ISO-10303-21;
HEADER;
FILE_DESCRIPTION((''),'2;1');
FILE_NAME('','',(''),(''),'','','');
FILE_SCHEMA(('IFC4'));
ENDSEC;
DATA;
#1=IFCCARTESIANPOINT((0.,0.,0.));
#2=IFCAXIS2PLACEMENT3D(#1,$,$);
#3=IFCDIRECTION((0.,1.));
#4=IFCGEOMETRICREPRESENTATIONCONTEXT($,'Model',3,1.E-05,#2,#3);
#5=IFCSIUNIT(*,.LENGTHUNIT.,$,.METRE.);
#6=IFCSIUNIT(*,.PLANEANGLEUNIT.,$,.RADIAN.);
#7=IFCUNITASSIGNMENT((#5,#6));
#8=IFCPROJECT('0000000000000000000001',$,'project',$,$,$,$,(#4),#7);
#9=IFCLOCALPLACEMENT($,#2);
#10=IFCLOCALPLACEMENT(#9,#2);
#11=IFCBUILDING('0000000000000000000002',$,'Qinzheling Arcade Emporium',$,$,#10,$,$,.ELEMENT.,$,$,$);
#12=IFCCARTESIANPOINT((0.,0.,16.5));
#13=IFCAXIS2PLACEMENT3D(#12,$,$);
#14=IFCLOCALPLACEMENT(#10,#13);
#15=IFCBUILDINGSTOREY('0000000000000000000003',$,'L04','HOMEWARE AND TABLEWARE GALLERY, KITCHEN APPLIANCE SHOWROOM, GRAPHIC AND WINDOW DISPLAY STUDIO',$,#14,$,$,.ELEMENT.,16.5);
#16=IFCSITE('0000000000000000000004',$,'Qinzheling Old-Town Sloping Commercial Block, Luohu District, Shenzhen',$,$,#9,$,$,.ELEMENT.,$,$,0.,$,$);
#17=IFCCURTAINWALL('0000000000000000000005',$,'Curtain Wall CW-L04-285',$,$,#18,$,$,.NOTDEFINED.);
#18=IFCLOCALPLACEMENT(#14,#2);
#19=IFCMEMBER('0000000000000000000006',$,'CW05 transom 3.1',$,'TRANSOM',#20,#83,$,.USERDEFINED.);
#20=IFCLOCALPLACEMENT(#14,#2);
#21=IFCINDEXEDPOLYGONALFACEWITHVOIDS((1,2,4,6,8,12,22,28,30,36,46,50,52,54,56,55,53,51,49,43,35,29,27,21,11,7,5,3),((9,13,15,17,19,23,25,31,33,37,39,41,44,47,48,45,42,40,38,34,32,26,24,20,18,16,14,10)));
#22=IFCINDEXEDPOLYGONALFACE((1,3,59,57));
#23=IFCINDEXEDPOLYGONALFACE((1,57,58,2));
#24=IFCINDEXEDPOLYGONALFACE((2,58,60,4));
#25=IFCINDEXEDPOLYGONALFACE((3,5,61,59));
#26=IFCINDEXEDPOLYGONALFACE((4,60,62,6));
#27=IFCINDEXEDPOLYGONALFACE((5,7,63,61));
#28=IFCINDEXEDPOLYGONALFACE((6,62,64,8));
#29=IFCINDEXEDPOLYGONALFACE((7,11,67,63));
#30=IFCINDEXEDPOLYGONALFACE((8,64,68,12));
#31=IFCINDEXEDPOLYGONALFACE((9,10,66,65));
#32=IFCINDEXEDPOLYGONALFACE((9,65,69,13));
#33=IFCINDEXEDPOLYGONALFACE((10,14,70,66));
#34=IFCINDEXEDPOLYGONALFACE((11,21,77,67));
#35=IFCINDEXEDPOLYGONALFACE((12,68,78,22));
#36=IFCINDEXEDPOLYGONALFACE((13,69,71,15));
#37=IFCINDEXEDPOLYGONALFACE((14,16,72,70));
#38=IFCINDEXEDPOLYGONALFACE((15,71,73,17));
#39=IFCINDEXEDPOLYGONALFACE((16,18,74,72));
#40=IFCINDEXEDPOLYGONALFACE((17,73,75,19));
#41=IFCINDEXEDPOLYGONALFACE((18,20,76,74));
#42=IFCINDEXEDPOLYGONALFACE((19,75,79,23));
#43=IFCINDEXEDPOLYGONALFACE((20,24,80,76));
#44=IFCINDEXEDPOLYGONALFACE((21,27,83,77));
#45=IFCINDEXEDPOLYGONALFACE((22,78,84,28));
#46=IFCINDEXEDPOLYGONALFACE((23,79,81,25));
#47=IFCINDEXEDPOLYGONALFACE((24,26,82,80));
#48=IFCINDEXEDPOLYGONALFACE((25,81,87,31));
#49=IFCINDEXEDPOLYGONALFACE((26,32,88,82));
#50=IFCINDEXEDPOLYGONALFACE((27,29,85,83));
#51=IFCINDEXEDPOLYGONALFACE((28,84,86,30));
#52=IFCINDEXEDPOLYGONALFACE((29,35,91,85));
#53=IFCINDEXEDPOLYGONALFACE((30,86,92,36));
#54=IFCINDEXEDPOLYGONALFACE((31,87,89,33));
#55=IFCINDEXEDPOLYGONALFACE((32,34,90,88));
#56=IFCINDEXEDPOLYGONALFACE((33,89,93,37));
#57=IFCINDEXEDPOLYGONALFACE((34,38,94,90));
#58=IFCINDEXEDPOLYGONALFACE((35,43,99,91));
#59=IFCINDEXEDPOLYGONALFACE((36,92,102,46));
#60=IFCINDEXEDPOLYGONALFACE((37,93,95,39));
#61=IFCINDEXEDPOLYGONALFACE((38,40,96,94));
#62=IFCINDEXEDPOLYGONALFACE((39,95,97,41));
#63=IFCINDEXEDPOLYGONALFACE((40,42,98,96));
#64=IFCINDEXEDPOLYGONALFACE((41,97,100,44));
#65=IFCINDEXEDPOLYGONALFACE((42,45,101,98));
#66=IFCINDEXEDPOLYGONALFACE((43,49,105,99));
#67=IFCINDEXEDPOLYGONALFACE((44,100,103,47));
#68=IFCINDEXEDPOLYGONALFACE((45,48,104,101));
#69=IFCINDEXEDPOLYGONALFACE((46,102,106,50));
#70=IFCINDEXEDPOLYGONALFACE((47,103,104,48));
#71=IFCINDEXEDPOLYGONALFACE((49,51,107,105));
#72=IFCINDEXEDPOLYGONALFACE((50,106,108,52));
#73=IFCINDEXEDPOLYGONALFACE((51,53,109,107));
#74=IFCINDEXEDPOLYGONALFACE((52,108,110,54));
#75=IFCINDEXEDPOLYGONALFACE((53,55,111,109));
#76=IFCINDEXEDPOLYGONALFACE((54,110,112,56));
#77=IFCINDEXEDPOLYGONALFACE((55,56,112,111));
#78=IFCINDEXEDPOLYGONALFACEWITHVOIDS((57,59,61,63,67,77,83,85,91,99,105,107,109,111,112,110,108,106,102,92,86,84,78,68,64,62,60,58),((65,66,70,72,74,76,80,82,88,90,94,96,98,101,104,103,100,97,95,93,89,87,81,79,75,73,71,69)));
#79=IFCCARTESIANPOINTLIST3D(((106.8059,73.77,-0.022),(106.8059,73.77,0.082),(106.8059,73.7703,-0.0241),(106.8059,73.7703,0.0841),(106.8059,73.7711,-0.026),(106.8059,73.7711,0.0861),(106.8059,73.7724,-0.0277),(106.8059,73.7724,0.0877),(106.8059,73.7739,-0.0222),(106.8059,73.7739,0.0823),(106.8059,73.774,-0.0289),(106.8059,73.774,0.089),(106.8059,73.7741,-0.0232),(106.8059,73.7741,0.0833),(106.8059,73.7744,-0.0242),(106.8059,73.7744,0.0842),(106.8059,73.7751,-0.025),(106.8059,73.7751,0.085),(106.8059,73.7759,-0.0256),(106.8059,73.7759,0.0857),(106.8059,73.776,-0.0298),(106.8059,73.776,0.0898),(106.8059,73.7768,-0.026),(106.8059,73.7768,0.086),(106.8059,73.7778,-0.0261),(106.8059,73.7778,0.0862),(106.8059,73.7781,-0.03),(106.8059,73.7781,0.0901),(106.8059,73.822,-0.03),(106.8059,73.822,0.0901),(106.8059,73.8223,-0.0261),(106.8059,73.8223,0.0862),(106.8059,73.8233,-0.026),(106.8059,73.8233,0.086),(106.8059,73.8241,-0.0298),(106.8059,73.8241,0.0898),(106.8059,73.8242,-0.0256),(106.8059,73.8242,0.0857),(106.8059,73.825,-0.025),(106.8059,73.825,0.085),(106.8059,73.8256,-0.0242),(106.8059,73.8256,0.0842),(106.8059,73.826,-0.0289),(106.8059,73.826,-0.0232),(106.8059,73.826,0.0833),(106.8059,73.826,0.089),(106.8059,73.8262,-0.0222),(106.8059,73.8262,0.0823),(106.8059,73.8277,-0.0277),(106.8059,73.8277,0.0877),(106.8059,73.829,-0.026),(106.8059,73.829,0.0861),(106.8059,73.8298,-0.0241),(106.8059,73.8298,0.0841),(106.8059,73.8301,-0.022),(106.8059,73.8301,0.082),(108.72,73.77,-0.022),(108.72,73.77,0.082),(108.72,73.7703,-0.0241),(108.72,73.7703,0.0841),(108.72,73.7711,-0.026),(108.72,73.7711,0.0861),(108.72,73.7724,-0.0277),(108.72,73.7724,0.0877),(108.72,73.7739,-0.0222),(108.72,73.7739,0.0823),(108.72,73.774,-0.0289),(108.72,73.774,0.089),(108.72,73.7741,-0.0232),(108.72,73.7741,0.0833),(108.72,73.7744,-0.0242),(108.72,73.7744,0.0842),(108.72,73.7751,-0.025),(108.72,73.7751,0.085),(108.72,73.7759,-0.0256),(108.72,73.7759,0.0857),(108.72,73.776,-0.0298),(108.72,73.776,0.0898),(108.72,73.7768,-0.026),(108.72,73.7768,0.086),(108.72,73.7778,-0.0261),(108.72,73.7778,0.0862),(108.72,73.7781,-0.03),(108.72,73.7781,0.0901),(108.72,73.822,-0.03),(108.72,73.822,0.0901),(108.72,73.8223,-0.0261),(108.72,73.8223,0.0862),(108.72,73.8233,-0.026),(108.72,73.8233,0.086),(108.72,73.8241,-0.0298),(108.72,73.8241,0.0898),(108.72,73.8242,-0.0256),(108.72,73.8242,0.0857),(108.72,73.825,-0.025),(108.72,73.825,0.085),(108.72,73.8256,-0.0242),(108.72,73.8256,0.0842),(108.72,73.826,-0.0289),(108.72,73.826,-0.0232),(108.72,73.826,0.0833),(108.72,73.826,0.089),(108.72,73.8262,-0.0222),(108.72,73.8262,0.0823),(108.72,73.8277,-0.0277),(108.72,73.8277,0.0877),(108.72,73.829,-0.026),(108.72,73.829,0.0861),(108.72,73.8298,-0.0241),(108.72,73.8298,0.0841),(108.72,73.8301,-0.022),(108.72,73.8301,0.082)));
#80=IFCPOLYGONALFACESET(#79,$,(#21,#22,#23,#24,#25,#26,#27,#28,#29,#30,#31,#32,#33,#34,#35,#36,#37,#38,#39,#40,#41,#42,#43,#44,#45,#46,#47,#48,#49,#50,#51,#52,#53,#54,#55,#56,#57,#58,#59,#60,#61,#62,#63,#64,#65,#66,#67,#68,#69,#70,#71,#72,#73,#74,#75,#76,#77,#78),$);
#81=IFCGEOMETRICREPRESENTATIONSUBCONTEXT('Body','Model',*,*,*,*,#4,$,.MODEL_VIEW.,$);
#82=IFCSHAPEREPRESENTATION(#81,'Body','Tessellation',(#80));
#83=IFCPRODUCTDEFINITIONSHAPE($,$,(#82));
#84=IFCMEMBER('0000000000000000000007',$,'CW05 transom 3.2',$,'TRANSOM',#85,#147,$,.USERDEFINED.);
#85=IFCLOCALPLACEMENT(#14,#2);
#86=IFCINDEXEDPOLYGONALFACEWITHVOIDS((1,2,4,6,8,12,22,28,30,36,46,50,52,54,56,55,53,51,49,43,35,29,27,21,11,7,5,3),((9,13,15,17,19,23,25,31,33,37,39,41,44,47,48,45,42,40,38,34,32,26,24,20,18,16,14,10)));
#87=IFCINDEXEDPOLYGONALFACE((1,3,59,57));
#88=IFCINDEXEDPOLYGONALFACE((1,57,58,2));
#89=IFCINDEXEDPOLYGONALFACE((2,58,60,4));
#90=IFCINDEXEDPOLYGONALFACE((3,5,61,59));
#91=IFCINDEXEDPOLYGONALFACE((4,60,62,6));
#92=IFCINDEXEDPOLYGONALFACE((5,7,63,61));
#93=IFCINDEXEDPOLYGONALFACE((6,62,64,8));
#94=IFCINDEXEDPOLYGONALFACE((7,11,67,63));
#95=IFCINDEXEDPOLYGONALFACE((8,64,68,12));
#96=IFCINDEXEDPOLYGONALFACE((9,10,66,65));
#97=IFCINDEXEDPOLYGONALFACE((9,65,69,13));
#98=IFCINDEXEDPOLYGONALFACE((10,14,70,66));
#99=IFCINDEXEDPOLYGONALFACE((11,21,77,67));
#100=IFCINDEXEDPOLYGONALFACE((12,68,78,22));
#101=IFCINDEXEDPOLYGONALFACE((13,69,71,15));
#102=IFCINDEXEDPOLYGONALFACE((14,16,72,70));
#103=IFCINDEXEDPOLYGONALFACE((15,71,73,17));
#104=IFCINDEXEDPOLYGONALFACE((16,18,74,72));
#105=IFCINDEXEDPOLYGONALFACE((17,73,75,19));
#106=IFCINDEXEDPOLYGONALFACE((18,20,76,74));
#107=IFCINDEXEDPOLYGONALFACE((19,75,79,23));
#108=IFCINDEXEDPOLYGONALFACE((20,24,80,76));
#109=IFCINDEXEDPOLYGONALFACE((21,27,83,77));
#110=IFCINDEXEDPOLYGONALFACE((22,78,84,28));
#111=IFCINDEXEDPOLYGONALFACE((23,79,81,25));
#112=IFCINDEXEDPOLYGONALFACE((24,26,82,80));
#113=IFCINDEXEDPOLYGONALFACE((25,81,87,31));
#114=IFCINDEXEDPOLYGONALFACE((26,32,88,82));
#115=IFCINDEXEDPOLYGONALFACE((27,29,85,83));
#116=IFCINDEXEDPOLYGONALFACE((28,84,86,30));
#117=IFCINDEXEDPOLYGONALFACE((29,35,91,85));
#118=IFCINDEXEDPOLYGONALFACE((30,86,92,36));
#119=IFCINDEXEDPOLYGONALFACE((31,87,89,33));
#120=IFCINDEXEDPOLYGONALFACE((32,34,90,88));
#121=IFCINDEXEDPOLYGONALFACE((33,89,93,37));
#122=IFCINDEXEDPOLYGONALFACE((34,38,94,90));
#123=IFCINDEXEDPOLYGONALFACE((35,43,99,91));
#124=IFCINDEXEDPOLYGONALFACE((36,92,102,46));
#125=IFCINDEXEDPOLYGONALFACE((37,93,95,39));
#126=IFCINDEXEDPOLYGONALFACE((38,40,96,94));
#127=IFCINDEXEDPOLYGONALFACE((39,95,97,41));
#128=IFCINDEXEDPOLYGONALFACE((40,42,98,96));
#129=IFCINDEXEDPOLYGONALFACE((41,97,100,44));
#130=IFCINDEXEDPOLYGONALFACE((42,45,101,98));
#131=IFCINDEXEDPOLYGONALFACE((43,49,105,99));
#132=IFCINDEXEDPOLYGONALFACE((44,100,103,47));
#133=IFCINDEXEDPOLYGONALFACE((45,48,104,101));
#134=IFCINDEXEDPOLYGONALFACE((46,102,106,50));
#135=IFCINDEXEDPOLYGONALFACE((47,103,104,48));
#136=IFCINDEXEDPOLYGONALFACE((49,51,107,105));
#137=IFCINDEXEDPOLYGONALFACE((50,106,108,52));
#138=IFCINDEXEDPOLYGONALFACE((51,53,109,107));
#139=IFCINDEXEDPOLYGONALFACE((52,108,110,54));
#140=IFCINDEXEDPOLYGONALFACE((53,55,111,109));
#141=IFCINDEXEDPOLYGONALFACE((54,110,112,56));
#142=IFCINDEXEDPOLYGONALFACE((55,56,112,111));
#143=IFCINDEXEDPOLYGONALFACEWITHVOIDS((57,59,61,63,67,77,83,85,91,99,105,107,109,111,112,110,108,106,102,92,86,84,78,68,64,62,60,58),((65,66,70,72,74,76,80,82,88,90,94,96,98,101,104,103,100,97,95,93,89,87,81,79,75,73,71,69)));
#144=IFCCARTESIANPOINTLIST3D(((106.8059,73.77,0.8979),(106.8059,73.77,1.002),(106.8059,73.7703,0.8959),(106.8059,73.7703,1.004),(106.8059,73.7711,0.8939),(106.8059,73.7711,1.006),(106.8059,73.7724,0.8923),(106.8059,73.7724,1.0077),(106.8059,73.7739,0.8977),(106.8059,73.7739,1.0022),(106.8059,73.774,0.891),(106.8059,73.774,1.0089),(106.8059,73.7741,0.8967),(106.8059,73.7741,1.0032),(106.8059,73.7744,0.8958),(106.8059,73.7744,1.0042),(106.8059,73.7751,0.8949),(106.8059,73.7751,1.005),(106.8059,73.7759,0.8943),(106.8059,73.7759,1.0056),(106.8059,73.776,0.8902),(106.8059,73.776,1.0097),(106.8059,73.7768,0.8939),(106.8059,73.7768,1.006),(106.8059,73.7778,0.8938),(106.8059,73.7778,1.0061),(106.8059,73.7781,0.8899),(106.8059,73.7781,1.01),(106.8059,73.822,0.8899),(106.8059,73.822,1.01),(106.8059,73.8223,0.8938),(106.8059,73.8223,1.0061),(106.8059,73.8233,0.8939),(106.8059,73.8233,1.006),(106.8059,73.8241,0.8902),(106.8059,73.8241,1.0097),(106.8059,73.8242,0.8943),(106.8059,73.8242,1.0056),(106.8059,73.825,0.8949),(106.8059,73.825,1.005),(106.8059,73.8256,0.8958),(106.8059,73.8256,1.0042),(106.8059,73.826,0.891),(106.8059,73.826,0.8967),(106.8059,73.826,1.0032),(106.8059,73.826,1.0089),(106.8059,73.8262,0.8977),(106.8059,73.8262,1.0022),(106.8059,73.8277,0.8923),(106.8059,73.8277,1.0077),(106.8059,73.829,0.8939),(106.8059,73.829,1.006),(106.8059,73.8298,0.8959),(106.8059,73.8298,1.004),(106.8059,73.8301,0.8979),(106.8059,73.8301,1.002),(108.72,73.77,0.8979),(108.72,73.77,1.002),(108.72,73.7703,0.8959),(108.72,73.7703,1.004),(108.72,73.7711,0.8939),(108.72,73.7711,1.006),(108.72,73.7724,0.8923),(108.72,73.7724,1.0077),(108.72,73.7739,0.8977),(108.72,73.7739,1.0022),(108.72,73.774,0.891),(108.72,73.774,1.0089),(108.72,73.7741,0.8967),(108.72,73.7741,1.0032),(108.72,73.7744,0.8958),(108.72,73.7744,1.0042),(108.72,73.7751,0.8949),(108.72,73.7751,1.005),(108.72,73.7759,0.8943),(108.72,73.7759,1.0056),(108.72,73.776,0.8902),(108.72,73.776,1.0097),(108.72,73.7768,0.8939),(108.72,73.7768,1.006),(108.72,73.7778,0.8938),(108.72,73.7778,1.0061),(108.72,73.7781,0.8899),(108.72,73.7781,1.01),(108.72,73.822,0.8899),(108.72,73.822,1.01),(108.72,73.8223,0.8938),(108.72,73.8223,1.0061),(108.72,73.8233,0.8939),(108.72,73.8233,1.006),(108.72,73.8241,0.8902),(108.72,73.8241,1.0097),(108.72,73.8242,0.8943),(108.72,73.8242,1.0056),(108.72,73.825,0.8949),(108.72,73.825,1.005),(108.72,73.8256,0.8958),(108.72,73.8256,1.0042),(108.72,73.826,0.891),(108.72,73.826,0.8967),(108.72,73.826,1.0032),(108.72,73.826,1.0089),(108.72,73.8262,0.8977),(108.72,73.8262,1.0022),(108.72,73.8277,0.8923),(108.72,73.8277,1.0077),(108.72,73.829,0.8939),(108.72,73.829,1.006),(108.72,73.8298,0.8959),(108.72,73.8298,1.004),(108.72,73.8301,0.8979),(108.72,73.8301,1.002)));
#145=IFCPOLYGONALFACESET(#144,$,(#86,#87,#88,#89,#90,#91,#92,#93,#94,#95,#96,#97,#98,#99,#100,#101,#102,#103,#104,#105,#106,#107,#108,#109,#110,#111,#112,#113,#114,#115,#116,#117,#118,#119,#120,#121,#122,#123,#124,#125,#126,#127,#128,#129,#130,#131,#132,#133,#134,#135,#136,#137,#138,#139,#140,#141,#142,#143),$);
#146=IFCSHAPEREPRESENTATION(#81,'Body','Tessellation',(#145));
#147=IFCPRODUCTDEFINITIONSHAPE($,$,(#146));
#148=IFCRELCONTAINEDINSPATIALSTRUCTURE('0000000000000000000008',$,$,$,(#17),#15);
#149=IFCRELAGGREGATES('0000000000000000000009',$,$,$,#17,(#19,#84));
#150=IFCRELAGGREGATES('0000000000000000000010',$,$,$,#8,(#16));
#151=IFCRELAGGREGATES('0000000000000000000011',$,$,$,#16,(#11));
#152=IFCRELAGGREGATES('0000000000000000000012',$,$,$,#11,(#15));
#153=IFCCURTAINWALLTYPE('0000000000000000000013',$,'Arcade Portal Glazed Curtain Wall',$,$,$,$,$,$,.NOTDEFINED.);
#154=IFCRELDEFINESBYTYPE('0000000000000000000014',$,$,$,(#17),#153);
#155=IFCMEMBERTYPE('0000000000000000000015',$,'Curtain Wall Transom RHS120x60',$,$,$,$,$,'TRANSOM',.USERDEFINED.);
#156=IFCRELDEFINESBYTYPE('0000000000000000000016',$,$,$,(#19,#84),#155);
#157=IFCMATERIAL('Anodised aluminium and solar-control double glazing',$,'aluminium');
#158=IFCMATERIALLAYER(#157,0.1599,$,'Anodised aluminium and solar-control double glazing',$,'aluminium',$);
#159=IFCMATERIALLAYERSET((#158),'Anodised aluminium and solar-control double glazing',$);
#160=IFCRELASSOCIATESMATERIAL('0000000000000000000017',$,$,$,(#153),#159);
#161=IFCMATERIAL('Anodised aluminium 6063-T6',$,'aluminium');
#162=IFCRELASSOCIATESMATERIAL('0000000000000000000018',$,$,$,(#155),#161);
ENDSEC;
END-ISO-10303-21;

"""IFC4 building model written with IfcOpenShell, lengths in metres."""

from ifc_helpers import new_model, si_unit, direction, frame, origin, origin_2d, place, context, subcontext, project, spatial, hollow_rectangle, extrude, material, layer, layer_set, material_profile, profile_set, type_object, element, aggregate, save


model = new_model("IFC4")

# Units and contexts
model_context = context("Model", 3, precision=1e-05, world=origin(), true_north=direction((0.0, 1.0)))
body_context = subcontext(model_context, "Body", "Model", "MODEL_VIEW")
ifc_project = project(units=[si_unit("LENGTHUNIT", "METRE"), si_unit("PLANEANGLEUNIT", "RADIAN")], contexts=[model_context])

# Site, building, storey
site_placement = place(None, origin())
site = spatial("IfcSite", under=ifc_project, at=site_placement, Name="Qinzheling Old-Town Sloping Commercial Block, Luohu District, Shenzhen", CompositionType="ELEMENT", RefElevation=0.0)
building_placement = place(site_placement, origin())
building = spatial("IfcBuilding", under=site, at=building_placement, Name="Qinzheling Arcade Emporium", CompositionType="ELEMENT")
storey_placement = place(building_placement, frame((0.0, 0.0, 16.5)))
storey = spatial("IfcBuildingStorey", under=building, at=storey_placement, Name="L04", Description="HOMEWARE AND TABLEWARE GALLERY, KITCHEN APPLIANCE SHOWROOM, GRAPHIC AND WINDOW DISPLAY STUDIO", CompositionType="ELEMENT", Elevation=16.5)

# Curtain wall, members
ifc_material_1 = material(Name="Anodised aluminium and solar-control double glazing", Category="aluminium")
ifc_layer_1 = layer(ifc_material_1, 0.1599, Name="Anodised aluminium and solar-control double glazing", Category="aluminium")
ifc_layer_set_1 = layer_set([ifc_layer_1], Name="Anodised aluminium and solar-control double glazing")
curtain_wall_type = type_object("IfcCurtainWallType", Name="Arcade Portal Glazed Curtain Wall", PredefinedType="NOTDEFINED", material=ifc_layer_set_1)
curtain_wall_placement = place(storey_placement, origin())
curtain_wall = element("IfcCurtainWall", 1, at=curtain_wall_placement, inside=storey, type_object=curtain_wall_type, Name="Curtain Wall CW-L04-285", PredefinedType="NOTDEFINED")
ifc_material_2 = material(Name="Anodised aluminium 6063-T6", Category="aluminium")
ifc_material_profile_1 = material_profile(ifc_material_2, hollow_rectangle(XDim=0.0601, YDim=0.1201, WallThickness=0.0039, InnerFilletRadius=0.0039, OuterFilletRadius=0.0081, at=origin_2d()), Name="RHS 120x60x4", Category="aluminium")
ifc_profile_set_1 = profile_set([ifc_material_profile_1], Name="Anodised aluminium 6063-T6")
member_type_1 = type_object("IfcMemberType", Name="Curtain Wall Transom RHS120x60", ElementType="TRANSOM", PredefinedType="USERDEFINED", material=ifc_profile_set_1)
member_1_placement = place(storey_placement, frame((108.72, 73.8, 0.03), z_axis=(-1.0, 0.0, 0.0), x_axis=(0.0, -1.0, 0.0)))
member_1 = element("IfcMember", 2, at=member_1_placement, type_object=member_type_1, Name="CW05 transom 3.1", ObjectType="TRANSOM", PredefinedType="USERDEFINED", context=body_context, shape_type="SweptSolid", body=[
    extrude(hollow_rectangle(XDim=0.0601, YDim=0.1201, WallThickness=0.0039, InnerFilletRadius=0.0039, OuterFilletRadius=0.0081, at=origin_2d()), origin(), (0.0, 0.0, 1.0), 1.9141),
])
member_2_placement = place(storey_placement, frame((108.72, 73.8, 0.95), z_axis=(-1.0, 0.0, 0.0), x_axis=(0.0, -1.0, 0.0)))
member_2 = element("IfcMember", 3, at=member_2_placement, type_object=member_type_1, Name="CW05 transom 3.2", ObjectType="TRANSOM", PredefinedType="USERDEFINED", context=body_context, shape_type="SweptSolid", body=[
    extrude(hollow_rectangle(XDim=0.0601, YDim=0.1201, WallThickness=0.0039, InnerFilletRadius=0.0039, OuterFilletRadius=0.0081, at=origin_2d()), origin(), (0.0, 0.0, 1.0), 1.9141),
])
aggregate(curtain_wall, [member_1, member_2])

save(model, "model.ifc")
